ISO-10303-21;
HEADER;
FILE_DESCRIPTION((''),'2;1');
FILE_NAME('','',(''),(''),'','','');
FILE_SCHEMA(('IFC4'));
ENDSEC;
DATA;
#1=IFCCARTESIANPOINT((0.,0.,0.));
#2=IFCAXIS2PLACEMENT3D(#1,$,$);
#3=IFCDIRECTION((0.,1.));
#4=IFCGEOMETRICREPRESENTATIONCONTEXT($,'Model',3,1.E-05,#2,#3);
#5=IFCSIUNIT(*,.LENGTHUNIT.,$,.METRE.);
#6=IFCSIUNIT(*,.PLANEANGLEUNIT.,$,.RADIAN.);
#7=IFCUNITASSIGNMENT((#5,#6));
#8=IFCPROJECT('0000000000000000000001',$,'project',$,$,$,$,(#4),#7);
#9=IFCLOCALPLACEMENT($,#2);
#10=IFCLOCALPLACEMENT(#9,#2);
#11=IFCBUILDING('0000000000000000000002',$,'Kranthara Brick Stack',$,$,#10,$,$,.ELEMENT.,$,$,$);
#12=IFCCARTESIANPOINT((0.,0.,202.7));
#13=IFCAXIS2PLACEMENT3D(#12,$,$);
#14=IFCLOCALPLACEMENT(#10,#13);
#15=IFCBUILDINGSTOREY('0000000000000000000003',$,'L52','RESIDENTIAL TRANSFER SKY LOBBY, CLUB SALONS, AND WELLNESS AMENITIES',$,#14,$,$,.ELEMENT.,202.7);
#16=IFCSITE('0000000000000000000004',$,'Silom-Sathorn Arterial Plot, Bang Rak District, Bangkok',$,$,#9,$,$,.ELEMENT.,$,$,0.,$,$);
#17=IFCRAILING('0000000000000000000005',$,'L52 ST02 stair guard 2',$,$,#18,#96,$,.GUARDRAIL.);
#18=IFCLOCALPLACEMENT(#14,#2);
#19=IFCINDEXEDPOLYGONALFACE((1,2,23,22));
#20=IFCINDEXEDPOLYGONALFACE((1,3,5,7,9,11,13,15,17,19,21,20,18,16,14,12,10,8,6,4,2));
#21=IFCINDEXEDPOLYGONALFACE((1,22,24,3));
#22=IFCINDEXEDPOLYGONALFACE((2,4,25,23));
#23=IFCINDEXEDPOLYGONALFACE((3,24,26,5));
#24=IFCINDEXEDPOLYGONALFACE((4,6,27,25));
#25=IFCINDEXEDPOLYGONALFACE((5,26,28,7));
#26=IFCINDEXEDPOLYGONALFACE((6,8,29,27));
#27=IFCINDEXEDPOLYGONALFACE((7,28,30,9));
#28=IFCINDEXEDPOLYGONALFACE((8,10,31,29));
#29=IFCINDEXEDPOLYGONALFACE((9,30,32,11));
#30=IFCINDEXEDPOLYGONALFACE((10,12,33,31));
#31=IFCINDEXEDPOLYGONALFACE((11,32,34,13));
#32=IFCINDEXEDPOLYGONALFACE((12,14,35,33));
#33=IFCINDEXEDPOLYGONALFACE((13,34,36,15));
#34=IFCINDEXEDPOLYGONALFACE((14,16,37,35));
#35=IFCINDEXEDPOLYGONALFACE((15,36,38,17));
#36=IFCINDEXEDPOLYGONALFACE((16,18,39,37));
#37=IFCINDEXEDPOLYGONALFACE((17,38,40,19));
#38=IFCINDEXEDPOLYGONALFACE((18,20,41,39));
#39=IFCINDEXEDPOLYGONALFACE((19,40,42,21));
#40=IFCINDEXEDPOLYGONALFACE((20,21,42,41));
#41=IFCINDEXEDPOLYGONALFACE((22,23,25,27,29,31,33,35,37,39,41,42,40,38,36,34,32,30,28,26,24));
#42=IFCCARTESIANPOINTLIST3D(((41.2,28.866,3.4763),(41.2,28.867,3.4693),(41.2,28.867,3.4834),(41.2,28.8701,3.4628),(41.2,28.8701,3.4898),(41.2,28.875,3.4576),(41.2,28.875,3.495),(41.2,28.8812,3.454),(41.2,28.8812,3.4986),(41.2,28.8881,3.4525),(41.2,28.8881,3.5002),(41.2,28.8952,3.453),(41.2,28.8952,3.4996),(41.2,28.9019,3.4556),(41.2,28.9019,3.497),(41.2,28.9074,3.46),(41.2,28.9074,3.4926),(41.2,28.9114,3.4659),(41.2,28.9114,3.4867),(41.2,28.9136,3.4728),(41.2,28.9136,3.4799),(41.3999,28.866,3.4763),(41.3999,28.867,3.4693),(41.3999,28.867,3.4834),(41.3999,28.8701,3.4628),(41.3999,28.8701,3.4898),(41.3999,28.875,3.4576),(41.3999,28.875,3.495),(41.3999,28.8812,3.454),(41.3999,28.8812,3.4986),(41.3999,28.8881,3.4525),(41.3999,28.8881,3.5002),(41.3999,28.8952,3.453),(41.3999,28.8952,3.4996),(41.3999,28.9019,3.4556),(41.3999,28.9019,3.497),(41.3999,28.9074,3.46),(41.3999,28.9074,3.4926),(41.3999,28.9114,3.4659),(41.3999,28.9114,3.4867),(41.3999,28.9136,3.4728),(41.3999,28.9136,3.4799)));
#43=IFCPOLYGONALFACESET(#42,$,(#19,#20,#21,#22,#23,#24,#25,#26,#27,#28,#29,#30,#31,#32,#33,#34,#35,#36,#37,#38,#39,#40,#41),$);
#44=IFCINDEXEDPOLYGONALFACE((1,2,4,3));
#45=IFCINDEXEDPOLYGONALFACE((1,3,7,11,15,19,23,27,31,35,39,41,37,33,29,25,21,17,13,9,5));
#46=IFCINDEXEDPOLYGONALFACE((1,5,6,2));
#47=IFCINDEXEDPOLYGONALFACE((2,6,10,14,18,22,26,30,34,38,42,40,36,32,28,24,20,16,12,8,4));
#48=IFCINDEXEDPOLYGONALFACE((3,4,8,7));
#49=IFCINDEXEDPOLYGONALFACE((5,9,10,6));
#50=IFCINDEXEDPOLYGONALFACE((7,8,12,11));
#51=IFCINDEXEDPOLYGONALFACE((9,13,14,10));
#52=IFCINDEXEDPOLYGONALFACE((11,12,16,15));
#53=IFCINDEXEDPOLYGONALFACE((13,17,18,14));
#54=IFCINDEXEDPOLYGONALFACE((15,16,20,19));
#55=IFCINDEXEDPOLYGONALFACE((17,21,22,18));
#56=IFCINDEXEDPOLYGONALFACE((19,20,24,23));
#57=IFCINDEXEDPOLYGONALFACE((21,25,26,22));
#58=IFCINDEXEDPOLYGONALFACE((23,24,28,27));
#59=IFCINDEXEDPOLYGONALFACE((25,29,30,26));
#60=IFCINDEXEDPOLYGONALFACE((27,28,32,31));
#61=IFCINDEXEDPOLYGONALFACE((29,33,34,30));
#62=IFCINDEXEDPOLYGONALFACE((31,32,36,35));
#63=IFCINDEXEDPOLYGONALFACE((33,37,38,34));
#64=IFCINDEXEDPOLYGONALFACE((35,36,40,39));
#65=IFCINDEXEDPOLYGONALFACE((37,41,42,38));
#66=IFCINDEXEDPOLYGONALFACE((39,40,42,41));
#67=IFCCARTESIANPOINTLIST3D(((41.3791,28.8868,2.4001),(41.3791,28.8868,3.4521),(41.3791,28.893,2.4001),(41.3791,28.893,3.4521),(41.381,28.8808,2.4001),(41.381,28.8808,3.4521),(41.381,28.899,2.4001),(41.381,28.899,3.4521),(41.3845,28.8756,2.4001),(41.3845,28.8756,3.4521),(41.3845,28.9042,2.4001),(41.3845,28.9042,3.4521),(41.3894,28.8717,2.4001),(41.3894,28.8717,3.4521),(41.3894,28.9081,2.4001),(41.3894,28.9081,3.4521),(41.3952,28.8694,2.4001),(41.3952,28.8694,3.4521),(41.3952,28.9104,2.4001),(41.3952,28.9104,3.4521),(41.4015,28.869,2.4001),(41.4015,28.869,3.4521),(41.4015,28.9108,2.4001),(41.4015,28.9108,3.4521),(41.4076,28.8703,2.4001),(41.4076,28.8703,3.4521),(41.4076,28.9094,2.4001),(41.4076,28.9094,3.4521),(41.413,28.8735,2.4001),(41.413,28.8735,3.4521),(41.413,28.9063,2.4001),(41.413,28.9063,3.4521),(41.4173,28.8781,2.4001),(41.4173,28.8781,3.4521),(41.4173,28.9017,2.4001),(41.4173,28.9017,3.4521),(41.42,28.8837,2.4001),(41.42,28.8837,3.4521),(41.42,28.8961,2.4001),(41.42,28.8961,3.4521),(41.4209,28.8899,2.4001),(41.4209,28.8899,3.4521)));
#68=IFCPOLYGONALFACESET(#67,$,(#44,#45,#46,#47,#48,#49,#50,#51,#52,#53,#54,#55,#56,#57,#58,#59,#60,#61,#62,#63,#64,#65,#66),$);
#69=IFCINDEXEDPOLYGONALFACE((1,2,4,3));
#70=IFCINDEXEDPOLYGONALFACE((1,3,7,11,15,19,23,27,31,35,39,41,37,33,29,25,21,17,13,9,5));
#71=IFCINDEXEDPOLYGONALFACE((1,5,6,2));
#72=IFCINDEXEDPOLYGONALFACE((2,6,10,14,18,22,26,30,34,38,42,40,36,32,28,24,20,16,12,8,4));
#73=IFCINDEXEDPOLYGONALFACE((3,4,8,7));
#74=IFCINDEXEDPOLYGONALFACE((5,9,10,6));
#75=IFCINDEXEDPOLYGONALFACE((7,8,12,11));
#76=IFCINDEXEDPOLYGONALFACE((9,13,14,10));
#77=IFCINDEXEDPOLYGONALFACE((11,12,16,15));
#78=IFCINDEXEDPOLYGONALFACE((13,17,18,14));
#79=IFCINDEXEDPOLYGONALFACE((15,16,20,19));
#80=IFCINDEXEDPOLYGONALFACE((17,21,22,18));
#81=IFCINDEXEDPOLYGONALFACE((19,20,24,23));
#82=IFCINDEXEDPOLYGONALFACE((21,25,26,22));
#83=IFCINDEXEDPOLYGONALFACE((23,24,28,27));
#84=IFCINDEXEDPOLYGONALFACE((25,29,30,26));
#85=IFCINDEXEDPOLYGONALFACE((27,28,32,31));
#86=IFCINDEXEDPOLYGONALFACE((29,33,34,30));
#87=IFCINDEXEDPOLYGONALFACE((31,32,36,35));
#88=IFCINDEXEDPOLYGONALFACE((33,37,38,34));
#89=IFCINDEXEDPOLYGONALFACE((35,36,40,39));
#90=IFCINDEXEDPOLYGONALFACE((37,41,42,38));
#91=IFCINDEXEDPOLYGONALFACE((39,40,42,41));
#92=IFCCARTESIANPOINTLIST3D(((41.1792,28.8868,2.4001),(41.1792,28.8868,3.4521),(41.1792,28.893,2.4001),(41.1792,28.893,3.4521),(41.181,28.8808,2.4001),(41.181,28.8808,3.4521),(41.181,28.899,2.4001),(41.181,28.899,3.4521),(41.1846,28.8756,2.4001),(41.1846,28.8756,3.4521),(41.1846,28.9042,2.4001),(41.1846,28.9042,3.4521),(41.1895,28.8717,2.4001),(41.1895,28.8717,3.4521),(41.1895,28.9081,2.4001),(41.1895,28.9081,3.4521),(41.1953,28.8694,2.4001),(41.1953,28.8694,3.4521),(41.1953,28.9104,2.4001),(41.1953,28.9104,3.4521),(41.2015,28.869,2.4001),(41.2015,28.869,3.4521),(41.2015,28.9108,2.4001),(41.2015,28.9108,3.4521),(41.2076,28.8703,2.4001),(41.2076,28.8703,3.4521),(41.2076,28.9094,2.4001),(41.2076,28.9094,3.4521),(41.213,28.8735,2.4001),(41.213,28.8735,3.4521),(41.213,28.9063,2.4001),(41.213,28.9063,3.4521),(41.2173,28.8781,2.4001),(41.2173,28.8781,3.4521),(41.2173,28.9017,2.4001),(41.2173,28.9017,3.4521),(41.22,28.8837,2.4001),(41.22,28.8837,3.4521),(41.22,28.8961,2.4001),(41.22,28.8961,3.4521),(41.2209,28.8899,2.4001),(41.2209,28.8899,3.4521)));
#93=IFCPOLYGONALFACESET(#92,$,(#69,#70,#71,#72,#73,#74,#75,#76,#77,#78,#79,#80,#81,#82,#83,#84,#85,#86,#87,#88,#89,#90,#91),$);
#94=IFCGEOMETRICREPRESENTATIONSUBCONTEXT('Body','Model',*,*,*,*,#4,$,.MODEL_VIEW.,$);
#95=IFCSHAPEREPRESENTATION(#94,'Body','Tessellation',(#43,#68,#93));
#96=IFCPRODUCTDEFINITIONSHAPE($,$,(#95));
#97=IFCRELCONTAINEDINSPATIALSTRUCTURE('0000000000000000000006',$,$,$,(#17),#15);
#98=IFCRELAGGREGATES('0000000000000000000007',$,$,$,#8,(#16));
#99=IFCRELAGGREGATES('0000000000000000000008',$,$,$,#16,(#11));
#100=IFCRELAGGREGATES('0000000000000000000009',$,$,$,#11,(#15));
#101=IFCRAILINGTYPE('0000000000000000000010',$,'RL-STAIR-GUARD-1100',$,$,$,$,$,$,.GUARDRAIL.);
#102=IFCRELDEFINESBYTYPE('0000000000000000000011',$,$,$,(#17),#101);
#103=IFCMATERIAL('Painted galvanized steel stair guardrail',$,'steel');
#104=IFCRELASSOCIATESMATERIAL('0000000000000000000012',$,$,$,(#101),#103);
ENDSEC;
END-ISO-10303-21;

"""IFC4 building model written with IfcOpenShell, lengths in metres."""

from ifc_helpers import new_model, si_unit, direction, frame, origin, origin_2d, place, context, subcontext, project, spatial, circle, extrude, material, type_object, element, save


model = new_model("IFC4")

# Units and contexts
model_context = context("Model", 3, precision=1e-05, world=origin(), true_north=direction((0.0, 1.0)))
body_context = subcontext(model_context, "Body", "Model", "MODEL_VIEW")
ifc_project = project(units=[si_unit("LENGTHUNIT", "METRE"), si_unit("PLANEANGLEUNIT", "RADIAN")], contexts=[model_context])

# Site, building, storey
site_placement = place(None, origin())
site = spatial("IfcSite", under=ifc_project, at=site_placement, Name="Silom-Sathorn Arterial Plot, Bang Rak District, Bangkok", CompositionType="ELEMENT", RefElevation=0.0)
building_placement = place(site_placement, origin())
building = spatial("IfcBuilding", under=site, at=building_placement, Name="Kranthara Brick Stack", CompositionType="ELEMENT")
storey_placement = place(building_placement, frame((0.0, 0.0, 202.7)))
storey = spatial("IfcBuildingStorey", under=building, at=storey_placement, Name="L52", Description="RESIDENTIAL TRANSFER SKY LOBBY, CLUB SALONS, AND WELLNESS AMENITIES", CompositionType="ELEMENT", Elevation=202.7)

# Railing
ifc_material_1 = material(Name="Painted galvanized steel stair guardrail", Category="steel")
railing_type_1 = type_object("IfcRailingType", Name="RL-STAIR-GUARD-1100", PredefinedType="GUARDRAIL", material=ifc_material_1)
railing_1_placement = place(storey_placement, frame((41.3999, 28.8899, 2.4001)))
element("IfcRailing", 1, at=railing_1_placement, inside=storey, type_object=railing_type_1, Name="L52 ST02 stair guard 2", PredefinedType="GUARDRAIL", context=body_context, shape_type="SweptSolid", body=[
    extrude(circle(Radius=0.0239, at=origin_2d()), frame((0.0, 0.0, 1.0762), z_axis=(-1.0, 0.0, 0.0), x_axis=(0.0, -1.0, 0.0)), (0.0, 0.0, 1.0), 0.2),
    extrude(circle(Radius=0.021, at=origin_2d()), origin(), (0.0, 0.0, 1.0), 1.052),
    extrude(circle(Radius=0.021, at=origin_2d()), frame((-0.2, 0.0, 0.0)), (0.0, 0.0, 1.0), 1.052),
])

save(model, "model.ifc")
